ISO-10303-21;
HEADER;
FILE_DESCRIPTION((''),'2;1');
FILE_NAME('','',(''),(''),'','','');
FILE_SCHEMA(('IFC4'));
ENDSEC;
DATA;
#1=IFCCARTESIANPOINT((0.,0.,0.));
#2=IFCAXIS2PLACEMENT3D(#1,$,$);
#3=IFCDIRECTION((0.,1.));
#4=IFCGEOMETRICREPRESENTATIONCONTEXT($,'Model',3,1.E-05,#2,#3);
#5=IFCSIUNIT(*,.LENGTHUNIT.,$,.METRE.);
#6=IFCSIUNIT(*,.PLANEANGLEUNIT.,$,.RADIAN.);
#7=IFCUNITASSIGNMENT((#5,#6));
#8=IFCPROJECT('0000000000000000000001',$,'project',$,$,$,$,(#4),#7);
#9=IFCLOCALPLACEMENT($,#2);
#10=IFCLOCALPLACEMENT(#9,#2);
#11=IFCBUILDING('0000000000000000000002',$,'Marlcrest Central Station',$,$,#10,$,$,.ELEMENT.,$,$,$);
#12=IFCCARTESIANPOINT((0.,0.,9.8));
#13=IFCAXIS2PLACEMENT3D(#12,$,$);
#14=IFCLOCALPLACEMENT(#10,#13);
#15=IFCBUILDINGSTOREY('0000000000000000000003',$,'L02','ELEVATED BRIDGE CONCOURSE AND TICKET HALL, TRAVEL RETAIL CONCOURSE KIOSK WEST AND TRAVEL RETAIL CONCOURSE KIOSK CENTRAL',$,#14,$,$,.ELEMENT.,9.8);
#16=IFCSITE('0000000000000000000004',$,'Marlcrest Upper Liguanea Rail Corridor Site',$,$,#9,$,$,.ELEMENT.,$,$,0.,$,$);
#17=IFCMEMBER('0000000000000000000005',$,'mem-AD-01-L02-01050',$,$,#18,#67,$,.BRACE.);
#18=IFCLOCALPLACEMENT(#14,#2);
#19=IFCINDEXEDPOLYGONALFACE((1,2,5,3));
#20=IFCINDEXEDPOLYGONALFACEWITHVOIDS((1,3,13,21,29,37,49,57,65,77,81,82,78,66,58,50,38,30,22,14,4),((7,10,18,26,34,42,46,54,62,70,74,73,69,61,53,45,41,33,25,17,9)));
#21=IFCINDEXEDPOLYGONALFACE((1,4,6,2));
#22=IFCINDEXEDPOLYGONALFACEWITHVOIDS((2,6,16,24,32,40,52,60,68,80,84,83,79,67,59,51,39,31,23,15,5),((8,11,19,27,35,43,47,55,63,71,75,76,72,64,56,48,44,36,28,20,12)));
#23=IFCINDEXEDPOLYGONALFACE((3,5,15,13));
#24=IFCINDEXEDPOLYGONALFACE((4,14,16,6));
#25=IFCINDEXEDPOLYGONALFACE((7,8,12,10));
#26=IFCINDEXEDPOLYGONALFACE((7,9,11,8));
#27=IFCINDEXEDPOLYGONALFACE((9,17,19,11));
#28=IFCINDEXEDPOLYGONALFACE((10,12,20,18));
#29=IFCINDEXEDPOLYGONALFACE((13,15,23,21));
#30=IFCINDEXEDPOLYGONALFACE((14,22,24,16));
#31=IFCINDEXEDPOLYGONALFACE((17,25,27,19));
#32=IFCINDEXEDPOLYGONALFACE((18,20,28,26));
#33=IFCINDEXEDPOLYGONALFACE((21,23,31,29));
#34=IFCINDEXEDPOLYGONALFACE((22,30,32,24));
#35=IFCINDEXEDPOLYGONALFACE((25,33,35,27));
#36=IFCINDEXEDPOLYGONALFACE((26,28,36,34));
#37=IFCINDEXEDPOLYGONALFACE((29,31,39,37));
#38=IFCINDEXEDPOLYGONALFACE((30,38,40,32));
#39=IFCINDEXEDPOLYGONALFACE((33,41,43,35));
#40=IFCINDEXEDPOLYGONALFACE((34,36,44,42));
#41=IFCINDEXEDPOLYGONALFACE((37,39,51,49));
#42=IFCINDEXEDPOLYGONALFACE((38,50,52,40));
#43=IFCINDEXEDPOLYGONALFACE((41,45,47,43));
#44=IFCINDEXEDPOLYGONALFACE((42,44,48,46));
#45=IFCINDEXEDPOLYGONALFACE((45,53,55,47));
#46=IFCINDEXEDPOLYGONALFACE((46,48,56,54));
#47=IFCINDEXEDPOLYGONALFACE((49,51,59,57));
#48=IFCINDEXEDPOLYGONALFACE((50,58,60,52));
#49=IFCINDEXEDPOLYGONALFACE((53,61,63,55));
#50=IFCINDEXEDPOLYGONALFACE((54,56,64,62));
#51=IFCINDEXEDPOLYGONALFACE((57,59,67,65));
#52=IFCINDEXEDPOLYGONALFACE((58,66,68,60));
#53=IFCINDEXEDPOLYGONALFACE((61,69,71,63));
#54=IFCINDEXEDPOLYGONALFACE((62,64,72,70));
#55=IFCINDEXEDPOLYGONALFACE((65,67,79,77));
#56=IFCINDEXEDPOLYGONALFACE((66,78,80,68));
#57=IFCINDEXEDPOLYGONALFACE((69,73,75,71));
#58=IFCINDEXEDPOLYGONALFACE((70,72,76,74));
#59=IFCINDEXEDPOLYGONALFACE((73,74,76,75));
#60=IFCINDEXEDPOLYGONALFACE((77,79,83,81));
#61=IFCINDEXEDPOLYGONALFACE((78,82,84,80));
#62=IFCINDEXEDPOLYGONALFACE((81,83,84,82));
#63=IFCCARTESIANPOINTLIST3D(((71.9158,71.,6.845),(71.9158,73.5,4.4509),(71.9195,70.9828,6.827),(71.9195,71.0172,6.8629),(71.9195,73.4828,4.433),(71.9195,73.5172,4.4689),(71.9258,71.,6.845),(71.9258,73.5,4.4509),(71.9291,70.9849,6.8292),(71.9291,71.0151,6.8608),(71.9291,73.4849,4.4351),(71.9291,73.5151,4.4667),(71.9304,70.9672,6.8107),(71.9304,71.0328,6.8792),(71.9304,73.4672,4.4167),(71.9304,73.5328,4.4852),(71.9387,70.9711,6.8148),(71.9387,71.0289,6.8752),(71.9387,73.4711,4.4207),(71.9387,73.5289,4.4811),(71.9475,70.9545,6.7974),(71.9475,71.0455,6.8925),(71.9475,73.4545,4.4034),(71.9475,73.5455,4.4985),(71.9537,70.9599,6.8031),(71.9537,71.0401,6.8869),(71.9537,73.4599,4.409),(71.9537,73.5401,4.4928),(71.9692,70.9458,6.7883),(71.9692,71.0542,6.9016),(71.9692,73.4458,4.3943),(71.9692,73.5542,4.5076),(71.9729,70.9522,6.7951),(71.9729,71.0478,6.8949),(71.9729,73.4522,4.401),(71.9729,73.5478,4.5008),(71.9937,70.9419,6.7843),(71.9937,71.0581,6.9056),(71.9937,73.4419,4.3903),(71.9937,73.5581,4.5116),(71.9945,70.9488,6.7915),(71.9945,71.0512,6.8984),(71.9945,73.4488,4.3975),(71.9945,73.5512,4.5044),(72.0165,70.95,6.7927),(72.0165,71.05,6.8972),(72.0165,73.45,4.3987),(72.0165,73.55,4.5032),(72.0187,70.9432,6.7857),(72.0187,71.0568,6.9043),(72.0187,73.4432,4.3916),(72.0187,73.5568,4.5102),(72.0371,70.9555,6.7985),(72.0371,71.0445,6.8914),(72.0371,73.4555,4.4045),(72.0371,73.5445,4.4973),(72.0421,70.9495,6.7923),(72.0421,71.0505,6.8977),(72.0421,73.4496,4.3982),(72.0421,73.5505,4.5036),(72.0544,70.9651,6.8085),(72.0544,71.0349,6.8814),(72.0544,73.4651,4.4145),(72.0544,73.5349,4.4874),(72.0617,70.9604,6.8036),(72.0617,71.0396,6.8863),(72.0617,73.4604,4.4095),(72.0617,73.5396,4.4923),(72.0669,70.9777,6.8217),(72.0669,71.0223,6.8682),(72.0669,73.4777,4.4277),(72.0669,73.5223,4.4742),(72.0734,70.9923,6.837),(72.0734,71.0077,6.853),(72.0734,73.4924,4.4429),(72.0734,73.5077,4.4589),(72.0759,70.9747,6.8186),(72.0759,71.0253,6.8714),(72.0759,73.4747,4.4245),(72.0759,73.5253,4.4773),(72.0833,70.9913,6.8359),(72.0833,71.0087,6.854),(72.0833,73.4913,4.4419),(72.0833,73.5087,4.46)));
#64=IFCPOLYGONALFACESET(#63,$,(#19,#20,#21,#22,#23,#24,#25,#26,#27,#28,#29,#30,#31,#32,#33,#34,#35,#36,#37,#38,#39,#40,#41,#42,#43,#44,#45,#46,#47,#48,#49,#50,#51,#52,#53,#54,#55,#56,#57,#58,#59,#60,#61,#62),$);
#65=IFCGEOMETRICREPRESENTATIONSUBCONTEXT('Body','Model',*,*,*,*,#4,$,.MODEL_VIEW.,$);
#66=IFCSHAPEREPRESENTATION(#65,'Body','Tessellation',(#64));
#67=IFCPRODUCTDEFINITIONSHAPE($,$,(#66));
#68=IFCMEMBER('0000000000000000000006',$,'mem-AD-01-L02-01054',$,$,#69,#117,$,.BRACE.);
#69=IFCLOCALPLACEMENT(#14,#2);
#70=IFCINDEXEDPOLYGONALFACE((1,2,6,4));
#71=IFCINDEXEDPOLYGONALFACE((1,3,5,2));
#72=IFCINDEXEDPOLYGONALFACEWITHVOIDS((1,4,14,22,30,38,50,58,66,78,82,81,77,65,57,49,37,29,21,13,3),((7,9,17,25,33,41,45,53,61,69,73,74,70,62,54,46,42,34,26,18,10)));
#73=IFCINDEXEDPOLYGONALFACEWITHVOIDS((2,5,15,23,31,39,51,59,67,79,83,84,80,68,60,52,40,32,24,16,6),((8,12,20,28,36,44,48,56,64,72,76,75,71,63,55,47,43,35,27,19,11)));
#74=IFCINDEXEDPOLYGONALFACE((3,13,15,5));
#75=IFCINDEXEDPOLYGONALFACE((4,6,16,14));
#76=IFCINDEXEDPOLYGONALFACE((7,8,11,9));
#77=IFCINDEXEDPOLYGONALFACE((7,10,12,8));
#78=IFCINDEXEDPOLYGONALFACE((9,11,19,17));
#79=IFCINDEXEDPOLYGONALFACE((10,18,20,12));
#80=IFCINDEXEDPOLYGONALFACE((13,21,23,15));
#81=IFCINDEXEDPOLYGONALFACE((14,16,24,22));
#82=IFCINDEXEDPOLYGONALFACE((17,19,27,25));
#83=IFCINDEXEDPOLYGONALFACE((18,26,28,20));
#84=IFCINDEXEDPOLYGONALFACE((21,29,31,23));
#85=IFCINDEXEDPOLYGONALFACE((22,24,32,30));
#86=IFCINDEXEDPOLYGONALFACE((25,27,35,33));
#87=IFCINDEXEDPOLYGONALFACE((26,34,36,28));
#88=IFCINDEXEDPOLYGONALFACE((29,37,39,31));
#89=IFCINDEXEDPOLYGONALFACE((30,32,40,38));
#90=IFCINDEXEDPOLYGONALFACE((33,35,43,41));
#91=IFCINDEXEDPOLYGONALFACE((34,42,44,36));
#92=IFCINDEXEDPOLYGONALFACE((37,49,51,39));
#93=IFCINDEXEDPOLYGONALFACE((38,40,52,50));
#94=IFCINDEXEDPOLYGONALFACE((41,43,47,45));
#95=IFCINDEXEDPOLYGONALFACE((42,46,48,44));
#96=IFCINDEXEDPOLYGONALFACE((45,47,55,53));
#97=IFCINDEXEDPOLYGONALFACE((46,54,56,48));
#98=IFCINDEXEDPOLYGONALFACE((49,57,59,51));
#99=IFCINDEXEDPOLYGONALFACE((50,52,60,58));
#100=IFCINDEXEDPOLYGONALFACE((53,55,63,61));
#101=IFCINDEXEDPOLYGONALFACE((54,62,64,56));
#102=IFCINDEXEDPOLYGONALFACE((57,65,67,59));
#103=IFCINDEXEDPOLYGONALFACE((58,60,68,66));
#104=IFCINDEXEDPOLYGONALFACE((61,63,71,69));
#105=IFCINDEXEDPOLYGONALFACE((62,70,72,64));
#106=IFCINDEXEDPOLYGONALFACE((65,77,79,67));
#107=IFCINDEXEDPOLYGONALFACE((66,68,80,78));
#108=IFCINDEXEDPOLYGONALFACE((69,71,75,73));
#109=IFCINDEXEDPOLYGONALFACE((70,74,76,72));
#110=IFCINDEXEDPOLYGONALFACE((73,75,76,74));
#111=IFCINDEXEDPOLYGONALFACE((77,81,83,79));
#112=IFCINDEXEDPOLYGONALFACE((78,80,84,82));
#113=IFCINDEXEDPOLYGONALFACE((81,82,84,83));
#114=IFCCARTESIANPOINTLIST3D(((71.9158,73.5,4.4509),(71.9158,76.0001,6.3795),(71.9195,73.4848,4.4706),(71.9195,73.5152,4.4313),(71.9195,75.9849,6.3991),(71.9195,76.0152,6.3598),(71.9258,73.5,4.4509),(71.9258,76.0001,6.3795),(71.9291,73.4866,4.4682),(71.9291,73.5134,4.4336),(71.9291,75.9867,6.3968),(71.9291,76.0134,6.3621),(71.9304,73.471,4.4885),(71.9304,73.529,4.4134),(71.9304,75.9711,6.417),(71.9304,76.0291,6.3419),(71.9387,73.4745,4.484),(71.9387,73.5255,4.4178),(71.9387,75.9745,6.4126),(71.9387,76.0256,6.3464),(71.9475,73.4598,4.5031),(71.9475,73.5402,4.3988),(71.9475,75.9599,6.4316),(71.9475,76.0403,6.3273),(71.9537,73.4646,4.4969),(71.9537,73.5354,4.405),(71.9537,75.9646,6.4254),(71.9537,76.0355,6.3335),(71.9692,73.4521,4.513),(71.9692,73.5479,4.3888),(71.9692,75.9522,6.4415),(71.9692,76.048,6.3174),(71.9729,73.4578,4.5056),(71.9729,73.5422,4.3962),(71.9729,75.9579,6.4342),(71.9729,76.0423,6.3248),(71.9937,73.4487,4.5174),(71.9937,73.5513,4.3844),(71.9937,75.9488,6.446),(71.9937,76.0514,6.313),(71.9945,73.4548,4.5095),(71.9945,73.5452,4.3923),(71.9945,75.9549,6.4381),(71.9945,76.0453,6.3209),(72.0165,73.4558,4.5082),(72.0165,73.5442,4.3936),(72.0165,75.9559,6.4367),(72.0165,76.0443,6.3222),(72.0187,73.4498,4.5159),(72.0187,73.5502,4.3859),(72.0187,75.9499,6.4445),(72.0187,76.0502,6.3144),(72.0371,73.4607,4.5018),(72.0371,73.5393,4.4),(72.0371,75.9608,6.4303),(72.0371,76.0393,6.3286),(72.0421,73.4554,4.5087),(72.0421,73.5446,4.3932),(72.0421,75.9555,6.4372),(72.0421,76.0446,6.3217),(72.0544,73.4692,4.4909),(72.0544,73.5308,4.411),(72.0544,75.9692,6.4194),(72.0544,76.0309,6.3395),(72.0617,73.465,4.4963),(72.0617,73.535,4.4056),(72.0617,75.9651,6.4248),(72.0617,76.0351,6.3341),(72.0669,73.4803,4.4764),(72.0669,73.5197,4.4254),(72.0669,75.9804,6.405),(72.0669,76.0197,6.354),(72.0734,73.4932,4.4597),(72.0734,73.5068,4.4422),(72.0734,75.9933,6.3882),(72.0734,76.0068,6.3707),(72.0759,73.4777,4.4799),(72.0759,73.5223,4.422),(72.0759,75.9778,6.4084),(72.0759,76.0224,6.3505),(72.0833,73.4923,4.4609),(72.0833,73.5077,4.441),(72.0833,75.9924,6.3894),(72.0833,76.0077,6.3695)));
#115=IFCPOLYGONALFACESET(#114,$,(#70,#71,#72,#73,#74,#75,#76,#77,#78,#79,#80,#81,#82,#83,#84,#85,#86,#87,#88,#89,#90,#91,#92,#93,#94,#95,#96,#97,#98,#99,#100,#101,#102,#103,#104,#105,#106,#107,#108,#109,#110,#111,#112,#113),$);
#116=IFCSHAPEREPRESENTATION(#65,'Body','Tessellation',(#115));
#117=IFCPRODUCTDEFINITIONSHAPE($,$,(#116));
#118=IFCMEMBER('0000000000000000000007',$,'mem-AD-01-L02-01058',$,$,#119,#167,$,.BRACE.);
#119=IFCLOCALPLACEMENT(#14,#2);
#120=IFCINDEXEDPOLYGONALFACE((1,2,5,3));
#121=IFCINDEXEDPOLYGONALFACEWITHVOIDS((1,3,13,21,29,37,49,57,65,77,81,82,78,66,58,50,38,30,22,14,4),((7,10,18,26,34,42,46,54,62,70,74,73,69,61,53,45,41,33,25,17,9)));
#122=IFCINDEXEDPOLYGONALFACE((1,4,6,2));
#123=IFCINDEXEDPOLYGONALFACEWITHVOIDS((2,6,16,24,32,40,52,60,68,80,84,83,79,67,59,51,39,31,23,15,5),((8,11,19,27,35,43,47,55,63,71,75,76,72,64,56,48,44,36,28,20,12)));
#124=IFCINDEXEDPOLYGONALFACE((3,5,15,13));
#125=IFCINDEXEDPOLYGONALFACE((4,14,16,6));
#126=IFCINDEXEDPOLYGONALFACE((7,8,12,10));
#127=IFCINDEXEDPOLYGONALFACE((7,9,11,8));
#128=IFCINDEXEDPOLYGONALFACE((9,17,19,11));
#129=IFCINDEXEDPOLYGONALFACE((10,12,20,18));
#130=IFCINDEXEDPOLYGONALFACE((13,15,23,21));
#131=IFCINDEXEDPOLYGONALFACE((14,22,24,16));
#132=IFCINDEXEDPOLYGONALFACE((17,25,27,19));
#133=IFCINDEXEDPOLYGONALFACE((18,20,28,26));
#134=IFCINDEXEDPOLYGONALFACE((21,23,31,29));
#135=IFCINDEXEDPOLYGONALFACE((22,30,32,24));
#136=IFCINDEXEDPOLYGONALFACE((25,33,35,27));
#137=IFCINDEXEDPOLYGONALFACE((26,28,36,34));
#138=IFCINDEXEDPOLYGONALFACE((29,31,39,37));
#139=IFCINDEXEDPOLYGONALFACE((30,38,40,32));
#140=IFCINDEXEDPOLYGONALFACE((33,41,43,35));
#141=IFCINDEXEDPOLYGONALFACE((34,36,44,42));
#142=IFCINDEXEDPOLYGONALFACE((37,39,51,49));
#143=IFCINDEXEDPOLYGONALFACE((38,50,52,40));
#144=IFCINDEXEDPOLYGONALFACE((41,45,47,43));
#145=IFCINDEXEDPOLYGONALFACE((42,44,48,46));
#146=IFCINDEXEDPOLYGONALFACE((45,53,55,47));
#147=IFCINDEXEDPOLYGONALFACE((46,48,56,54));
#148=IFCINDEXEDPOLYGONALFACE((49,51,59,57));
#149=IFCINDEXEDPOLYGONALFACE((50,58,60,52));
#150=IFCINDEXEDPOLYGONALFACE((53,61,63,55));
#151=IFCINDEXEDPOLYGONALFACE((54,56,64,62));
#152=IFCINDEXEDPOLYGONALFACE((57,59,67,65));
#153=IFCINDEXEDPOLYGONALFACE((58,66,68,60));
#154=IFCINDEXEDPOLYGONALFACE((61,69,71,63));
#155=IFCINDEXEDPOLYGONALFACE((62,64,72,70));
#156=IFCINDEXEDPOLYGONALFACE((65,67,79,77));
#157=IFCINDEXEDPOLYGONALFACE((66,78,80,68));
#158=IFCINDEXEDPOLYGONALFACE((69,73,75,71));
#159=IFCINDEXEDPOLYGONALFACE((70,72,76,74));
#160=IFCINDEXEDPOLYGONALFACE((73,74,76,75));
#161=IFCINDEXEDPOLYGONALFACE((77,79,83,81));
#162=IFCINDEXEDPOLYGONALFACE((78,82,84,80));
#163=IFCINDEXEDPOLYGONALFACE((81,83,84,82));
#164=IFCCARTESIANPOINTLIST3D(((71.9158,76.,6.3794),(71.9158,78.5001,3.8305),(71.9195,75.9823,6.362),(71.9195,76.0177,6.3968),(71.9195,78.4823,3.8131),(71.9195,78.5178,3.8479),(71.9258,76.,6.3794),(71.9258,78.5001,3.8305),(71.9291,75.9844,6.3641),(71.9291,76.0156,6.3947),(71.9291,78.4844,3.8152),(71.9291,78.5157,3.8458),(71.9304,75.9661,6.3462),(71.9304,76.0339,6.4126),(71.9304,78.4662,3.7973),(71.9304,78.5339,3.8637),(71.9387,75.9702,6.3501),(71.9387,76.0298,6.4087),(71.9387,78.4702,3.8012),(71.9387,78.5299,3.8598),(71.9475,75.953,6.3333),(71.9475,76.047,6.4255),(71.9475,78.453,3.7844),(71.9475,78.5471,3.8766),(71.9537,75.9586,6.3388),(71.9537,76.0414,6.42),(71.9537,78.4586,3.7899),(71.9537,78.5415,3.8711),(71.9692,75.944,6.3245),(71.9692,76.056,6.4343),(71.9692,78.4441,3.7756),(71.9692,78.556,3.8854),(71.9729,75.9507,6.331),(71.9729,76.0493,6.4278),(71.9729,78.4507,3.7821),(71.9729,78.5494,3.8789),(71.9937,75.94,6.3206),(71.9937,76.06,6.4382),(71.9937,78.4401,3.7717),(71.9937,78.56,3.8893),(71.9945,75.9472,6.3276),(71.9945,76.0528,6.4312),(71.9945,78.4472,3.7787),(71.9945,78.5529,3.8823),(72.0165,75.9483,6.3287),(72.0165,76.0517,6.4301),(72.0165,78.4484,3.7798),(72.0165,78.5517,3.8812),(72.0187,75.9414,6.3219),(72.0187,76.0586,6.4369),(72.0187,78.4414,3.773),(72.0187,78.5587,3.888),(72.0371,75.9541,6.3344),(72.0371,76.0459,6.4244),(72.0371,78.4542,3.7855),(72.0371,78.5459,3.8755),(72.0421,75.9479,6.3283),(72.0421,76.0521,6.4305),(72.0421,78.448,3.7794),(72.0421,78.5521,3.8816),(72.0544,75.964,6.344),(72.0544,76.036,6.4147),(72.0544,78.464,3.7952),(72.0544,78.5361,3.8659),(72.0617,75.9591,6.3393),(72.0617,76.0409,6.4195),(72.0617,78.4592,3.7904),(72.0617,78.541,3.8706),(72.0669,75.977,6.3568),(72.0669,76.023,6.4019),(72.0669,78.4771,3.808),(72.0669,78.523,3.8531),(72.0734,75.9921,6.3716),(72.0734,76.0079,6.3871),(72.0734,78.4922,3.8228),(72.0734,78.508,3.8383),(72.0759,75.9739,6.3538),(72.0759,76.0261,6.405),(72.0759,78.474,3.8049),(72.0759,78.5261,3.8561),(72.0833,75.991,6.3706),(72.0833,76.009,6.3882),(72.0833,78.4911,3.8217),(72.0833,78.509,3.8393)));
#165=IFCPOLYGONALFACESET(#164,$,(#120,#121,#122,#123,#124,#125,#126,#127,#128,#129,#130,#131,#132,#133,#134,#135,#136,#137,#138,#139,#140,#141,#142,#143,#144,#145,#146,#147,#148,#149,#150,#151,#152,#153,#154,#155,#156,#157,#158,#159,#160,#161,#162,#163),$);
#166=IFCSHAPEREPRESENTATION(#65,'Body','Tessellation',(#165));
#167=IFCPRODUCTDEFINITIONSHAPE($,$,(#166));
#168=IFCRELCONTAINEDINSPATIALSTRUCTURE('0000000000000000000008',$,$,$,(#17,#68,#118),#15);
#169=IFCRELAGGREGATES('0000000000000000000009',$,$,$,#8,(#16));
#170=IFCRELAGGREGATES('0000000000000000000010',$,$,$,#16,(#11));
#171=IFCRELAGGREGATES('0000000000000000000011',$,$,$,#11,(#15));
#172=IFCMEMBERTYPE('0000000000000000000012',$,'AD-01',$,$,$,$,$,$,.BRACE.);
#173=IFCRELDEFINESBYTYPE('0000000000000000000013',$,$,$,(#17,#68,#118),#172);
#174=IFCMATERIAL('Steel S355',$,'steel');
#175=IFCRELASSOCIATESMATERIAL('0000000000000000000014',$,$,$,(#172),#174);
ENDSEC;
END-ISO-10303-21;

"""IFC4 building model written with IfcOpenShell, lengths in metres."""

from ifc_helpers import new_model, si_unit, direction, frame, origin, origin_2d, place, context, subcontext, project, spatial, hollow_circle, extrude, material, material_profile, profile_set, type_object, element, save


model = new_model("IFC4")

# Units and contexts
model_context = context("Model", 3, precision=1e-05, world=origin(), true_north=direction((0.0, 1.0)))
body_context = subcontext(model_context, "Body", "Model", "MODEL_VIEW")
ifc_project = project(units=[si_unit("LENGTHUNIT", "METRE"), si_unit("PLANEANGLEUNIT", "RADIAN")], contexts=[model_context])

# Site, building, storey
site_placement = place(None, origin())
site = spatial("IfcSite", under=ifc_project, at=site_placement, Name="Marlcrest Upper Liguanea Rail Corridor Site", CompositionType="ELEMENT", RefElevation=0.0)
building_placement = place(site_placement, origin())
building = spatial("IfcBuilding", under=site, at=building_placement, Name="Marlcrest Central Station", CompositionType="ELEMENT")
storey_placement = place(building_placement, frame((0.0, 0.0, 9.8)))
storey = spatial("IfcBuildingStorey", under=building, at=storey_placement, Name="L02", Description="ELEVATED BRIDGE CONCOURSE AND TICKET HALL, TRAVEL RETAIL CONCOURSE KIOSK WEST AND TRAVEL RETAIL CONCOURSE KIOSK CENTRAL", CompositionType="ELEMENT", Elevation=9.8)

# Members
ifc_material = material(Name="Steel S355", Category="steel")
ifc_material_profile_1 = material_profile(ifc_material, hollow_circle(Radius=0.0842, WallThickness=0.01, at=origin_2d()), Name="CHS 168.3x10")
ifc_profile_set_1 = profile_set([ifc_material_profile_1], Name="Steel S355")
member_type_1 = type_object("IfcMemberType", Name="AD-01", PredefinedType="BRACE", material=ifc_profile_set_1)
member_1_placement = place(storey_placement, frame((72.0, 71.0, 6.845), z_axis=(0.0, 0.722247, -0.691636), x_axis=(-1.0, 0.0, 0.0)))
element("IfcMember", 1, at=member_1_placement, inside=storey, type_object=member_type_1, Name="mem-AD-01-L02-01050", PredefinedType="BRACE", context=body_context, shape_type="SweptSolid", body=[
    extrude(hollow_circle(Radius=0.0842, WallThickness=0.01, at=origin_2d()), origin(), (0.0, 0.0, 1.0), 3.4614),
])
member_2_placement = place(storey_placement, frame((72.0, 73.5, 4.4509), z_axis=(0.0, 0.791798, 0.610783), x_axis=(-1.0, 0.0, 0.0)))
element("IfcMember", 2, at=member_2_placement, inside=storey, type_object=member_type_1, Name="mem-AD-01-L02-01054", PredefinedType="BRACE", context=body_context, shape_type="SweptSolid", body=[
    extrude(hollow_circle(Radius=0.0842, WallThickness=0.01, at=origin_2d()), origin(), (0.0, 0.0, 1.0), 3.1575),
])
member_3_placement = place(storey_placement, frame((72.0, 76.0, 6.3794), z_axis=(0.0, 0.700235, -0.713912), x_axis=(-1.0, 0.0, 0.0)))
element("IfcMember", 3, at=member_3_placement, inside=storey, type_object=member_type_1, Name="mem-AD-01-L02-01058", PredefinedType="BRACE", context=body_context, shape_type="SweptSolid", body=[
    extrude(hollow_circle(Radius=0.0842, WallThickness=0.01, at=origin_2d()), origin(), (0.0, 0.0, 1.0), 3.5703),
])

save(model, "model.ifc")
